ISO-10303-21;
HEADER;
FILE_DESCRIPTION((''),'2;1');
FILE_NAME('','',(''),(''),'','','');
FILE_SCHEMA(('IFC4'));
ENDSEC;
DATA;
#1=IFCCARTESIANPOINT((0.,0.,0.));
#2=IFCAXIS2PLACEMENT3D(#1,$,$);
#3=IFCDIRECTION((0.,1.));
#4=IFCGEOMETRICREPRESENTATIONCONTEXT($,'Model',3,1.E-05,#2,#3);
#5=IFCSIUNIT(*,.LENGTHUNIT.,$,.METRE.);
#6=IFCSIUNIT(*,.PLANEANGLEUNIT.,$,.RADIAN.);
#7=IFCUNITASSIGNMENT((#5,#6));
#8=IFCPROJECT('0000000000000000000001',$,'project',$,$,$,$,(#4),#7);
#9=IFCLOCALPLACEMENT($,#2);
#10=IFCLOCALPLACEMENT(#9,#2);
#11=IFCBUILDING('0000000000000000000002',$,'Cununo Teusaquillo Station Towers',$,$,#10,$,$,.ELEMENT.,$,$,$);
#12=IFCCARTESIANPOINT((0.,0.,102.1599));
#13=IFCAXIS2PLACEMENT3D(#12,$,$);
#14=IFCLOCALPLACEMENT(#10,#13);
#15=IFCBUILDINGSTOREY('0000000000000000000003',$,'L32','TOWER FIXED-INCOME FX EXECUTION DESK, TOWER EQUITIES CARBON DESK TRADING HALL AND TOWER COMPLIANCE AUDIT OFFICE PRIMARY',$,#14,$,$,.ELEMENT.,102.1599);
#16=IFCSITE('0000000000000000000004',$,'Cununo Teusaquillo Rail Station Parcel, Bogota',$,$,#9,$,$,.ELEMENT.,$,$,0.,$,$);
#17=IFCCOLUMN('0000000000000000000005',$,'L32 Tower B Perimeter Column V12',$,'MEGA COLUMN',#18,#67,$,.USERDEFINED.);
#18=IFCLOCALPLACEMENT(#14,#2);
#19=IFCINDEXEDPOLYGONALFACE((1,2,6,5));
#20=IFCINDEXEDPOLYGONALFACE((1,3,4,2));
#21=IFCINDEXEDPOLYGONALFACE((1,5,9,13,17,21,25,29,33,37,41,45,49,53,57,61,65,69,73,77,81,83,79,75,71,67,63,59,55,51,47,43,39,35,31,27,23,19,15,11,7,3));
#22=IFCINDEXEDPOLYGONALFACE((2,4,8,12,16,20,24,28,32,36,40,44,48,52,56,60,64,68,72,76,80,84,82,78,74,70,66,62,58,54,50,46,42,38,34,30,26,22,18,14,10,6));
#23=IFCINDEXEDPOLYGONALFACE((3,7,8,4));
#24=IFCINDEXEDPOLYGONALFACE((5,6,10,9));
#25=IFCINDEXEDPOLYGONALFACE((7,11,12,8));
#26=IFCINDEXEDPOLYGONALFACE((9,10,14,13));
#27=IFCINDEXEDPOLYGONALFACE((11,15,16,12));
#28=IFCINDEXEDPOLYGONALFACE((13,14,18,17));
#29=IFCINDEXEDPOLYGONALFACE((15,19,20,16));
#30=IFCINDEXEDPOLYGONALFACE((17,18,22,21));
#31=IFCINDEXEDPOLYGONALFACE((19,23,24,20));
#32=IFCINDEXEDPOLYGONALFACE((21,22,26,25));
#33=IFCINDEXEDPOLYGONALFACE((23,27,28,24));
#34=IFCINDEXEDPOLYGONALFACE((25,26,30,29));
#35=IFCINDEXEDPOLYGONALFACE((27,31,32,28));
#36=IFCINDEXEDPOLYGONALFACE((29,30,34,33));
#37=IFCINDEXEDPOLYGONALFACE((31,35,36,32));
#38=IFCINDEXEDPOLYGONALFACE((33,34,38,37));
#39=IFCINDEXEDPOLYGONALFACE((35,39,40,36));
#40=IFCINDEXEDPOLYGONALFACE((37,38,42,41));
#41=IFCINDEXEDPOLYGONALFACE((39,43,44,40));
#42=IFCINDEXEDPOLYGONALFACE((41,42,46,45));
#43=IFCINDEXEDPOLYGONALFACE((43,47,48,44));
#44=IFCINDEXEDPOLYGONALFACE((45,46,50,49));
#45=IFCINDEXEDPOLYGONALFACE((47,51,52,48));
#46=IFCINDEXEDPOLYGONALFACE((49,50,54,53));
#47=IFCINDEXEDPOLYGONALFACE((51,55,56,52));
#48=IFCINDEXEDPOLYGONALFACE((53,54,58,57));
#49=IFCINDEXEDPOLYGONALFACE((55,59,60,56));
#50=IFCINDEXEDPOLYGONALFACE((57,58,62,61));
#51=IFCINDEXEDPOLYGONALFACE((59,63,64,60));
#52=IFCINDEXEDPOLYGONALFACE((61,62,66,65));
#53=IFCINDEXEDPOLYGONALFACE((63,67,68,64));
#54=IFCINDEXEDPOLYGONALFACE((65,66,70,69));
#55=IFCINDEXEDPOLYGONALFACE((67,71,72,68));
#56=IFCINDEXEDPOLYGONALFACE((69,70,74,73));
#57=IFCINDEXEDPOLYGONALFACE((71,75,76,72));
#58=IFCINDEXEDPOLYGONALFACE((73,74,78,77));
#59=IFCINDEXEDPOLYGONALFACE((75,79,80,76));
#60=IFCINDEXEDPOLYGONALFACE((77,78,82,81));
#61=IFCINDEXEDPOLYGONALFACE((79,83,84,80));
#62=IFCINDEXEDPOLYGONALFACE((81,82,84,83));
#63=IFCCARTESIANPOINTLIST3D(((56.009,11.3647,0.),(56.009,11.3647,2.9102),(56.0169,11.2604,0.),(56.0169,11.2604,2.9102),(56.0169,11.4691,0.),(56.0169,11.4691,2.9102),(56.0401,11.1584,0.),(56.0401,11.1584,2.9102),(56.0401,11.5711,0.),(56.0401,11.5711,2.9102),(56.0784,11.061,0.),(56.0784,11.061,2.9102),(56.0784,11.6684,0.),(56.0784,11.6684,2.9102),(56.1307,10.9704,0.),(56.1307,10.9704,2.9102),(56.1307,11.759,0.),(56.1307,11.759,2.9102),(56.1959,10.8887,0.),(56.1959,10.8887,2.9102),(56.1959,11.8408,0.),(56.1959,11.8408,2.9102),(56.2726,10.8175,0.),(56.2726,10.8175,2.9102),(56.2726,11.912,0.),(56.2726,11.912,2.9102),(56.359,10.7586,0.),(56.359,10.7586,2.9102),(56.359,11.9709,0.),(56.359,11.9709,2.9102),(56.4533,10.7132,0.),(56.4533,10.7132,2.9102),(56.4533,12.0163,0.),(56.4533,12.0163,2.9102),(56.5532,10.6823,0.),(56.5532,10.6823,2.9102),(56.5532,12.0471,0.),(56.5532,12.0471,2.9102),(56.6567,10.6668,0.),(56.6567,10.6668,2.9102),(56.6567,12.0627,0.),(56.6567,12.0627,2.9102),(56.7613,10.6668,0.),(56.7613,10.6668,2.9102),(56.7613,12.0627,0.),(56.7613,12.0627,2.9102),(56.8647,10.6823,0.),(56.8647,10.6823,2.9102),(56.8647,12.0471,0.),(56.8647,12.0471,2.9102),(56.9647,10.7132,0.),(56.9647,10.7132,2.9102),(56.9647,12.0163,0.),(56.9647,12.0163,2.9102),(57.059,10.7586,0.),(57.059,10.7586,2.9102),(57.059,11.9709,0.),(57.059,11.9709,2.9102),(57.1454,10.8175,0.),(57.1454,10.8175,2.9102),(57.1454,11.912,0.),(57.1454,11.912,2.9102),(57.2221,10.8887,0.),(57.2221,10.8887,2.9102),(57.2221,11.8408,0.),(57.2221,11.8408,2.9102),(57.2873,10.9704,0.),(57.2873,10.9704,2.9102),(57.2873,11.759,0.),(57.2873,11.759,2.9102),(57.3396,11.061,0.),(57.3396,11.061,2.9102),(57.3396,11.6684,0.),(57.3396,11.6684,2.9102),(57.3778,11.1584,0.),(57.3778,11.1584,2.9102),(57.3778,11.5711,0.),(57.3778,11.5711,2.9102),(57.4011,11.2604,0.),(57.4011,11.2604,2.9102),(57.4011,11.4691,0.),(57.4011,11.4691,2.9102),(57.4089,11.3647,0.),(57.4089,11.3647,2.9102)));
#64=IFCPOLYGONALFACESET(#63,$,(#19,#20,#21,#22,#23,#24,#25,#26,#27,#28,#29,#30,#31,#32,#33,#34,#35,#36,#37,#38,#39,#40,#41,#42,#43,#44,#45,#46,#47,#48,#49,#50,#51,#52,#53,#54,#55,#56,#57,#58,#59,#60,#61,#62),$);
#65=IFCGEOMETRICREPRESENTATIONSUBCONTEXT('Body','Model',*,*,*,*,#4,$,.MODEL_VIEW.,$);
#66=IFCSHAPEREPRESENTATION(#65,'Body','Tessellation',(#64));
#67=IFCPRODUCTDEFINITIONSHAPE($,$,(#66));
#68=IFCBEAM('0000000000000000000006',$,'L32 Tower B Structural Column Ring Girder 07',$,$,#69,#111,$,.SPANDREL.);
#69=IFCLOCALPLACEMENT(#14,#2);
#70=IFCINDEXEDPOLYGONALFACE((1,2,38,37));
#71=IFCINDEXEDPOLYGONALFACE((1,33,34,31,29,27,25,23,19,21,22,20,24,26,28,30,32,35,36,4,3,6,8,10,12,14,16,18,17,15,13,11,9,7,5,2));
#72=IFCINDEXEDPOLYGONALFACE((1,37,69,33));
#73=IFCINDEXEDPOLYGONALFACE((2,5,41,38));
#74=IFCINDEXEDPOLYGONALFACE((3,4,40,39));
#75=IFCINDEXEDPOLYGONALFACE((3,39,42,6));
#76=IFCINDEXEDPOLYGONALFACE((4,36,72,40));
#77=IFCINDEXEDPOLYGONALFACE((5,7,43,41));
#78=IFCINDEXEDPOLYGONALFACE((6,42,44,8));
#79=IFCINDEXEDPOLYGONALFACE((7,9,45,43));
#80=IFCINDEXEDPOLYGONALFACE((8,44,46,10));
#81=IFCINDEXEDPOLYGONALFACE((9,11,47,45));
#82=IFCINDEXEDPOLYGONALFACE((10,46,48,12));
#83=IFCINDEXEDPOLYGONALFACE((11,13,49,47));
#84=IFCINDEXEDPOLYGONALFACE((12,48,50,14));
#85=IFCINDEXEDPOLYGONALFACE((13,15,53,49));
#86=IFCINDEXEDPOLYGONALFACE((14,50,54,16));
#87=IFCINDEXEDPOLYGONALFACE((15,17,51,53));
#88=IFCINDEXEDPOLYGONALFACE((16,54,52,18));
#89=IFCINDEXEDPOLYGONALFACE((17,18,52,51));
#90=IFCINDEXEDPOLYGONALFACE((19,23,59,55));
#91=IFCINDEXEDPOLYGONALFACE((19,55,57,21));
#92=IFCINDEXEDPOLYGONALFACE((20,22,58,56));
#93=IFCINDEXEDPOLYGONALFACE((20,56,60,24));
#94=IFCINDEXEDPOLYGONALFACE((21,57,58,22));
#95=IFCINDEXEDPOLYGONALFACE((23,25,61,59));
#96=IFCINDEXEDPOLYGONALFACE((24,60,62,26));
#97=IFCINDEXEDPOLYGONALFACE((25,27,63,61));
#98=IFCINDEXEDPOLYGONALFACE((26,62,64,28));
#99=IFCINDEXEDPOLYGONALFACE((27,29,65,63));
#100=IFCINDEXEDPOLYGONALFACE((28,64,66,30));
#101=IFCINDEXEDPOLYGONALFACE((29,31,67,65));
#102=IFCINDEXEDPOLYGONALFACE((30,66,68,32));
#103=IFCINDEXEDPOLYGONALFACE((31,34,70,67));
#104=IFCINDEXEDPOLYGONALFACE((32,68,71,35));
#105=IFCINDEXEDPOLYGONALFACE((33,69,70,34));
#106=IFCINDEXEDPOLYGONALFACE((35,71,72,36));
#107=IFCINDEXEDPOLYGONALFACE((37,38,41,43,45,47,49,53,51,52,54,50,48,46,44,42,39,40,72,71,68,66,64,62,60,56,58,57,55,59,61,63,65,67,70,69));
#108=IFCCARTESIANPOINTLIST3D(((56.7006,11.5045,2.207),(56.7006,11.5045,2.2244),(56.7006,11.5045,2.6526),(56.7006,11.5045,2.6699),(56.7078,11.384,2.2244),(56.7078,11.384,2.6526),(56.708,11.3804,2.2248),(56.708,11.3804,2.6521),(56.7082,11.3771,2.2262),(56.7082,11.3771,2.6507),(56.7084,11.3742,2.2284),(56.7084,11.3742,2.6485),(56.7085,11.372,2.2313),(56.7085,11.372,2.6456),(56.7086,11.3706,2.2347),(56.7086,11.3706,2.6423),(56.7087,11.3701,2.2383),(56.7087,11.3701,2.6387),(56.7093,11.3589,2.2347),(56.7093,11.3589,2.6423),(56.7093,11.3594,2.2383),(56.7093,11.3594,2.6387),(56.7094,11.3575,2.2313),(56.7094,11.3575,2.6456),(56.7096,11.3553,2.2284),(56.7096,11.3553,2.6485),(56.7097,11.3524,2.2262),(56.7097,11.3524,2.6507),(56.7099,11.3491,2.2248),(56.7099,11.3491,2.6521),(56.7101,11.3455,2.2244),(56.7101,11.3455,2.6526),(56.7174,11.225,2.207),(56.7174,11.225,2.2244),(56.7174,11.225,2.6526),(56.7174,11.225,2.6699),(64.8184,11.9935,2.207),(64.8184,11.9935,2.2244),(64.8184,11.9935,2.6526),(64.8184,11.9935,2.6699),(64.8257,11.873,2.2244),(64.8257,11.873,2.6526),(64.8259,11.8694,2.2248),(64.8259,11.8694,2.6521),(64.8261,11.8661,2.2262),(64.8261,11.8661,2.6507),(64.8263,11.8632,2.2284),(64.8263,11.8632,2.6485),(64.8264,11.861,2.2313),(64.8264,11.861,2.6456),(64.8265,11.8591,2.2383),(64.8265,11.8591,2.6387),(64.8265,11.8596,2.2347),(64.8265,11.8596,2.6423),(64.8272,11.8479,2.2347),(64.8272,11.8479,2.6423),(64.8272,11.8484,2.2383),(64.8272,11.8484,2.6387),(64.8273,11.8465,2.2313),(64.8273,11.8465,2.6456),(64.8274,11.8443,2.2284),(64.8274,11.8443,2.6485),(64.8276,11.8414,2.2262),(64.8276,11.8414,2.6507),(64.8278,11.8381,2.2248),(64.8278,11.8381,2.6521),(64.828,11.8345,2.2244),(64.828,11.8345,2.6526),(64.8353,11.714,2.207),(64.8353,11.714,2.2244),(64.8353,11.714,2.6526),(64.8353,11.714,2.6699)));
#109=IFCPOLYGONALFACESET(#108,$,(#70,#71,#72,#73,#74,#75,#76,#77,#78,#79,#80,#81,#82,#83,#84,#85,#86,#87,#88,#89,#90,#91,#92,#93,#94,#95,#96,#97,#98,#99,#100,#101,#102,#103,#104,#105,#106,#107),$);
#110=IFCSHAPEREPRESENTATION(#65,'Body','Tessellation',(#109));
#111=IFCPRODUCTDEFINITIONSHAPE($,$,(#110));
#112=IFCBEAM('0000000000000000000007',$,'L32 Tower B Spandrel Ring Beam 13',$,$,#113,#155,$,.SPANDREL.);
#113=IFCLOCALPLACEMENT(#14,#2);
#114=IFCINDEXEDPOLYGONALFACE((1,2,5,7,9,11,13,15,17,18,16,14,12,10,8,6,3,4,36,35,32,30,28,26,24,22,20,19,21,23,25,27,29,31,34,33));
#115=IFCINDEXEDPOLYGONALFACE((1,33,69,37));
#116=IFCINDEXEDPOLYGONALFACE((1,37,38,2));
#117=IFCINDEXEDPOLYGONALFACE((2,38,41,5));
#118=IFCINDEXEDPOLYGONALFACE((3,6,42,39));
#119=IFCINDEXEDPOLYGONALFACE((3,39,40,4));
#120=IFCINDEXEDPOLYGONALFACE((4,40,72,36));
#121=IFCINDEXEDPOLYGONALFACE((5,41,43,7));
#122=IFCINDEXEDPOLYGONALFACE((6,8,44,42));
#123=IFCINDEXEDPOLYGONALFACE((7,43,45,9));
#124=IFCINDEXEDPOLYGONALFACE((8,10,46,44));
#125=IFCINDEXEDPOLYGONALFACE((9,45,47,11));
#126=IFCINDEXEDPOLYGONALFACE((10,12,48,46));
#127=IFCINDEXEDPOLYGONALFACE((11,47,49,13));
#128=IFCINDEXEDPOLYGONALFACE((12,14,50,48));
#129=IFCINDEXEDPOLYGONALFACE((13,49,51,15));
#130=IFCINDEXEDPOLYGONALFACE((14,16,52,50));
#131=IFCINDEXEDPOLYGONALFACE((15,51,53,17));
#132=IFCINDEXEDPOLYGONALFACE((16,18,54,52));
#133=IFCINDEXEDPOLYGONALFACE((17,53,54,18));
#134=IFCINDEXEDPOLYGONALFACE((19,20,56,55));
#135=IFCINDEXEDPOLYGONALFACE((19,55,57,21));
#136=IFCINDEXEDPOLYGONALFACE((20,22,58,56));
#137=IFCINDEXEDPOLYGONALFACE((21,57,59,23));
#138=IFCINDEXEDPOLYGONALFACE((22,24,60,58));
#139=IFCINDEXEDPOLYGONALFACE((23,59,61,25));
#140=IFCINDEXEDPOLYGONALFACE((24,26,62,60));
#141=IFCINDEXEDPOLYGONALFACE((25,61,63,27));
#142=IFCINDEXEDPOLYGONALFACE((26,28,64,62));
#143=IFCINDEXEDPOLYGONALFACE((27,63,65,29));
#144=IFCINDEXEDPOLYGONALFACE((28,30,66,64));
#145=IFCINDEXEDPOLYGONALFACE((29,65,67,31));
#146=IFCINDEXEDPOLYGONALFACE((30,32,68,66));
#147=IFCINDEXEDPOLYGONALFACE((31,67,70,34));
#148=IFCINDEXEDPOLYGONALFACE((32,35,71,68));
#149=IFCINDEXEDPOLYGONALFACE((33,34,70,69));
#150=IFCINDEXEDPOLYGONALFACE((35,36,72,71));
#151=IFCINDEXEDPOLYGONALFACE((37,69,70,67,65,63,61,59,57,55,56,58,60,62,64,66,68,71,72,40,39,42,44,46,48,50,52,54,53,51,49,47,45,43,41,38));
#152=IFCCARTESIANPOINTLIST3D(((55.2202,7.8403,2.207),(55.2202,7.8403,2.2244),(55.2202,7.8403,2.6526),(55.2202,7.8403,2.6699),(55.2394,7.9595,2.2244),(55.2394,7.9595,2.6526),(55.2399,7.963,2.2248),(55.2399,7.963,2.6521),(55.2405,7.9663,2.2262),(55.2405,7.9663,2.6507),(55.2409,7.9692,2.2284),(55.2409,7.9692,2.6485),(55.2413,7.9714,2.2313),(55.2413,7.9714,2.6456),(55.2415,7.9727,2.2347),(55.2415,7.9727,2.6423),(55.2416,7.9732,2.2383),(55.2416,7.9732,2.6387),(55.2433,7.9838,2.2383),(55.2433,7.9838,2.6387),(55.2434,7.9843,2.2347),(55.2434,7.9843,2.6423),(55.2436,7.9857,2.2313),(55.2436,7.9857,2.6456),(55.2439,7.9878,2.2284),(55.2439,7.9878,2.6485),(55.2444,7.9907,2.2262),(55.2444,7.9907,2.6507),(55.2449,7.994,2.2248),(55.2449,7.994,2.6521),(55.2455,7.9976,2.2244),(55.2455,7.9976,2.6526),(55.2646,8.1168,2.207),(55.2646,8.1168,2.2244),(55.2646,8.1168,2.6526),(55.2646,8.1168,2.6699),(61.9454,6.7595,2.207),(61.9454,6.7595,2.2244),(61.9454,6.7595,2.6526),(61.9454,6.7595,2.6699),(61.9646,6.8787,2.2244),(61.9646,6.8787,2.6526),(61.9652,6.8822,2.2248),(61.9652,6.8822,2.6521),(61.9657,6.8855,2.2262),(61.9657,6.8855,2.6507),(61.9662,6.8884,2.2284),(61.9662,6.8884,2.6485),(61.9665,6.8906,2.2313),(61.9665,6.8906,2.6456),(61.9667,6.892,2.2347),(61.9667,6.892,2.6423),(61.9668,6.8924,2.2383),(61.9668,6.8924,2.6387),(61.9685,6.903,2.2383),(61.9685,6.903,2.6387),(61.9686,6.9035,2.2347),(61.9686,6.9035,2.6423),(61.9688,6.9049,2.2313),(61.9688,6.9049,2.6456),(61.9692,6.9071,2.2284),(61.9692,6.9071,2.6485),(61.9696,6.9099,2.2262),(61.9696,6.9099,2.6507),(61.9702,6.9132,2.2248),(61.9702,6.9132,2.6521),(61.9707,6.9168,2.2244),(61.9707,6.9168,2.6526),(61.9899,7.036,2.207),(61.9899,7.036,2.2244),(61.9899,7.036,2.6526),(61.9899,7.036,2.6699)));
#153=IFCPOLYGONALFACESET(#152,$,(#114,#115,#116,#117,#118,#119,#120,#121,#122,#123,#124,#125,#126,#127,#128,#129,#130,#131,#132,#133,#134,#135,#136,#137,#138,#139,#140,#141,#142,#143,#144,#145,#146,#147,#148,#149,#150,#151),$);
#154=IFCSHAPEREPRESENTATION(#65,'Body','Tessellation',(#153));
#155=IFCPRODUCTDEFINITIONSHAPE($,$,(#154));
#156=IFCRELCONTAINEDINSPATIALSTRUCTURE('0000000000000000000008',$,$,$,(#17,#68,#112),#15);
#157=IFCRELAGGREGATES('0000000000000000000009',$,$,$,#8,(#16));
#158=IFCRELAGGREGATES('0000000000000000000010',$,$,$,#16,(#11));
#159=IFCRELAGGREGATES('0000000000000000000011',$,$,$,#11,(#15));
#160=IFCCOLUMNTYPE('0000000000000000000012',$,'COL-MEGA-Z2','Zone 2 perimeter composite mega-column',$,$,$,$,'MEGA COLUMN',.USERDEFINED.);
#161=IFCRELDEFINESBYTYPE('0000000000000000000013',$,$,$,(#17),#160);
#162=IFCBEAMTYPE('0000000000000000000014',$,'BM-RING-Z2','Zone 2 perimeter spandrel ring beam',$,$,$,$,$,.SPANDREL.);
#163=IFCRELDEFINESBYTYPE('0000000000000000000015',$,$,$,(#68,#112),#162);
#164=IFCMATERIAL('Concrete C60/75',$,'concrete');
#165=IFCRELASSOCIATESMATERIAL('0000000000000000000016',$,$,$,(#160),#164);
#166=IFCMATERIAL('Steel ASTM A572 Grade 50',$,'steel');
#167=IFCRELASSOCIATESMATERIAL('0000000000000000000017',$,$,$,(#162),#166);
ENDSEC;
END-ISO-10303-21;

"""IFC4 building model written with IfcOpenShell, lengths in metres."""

from ifc_helpers import new_model, si_unit, direction, frame, origin, origin_2d, place, context, subcontext, project, spatial, circle, i_section, extrude, material, material_profile, profile_set, type_object, element, save


model = new_model("IFC4")

# Units and contexts
model_context = context("Model", 3, precision=1e-05, world=origin(), true_north=direction((0.0, 1.0)))
body_context = subcontext(model_context, "Body", "Model", "MODEL_VIEW")
ifc_project = project(units=[si_unit("LENGTHUNIT", "METRE"), si_unit("PLANEANGLEUNIT", "RADIAN")], contexts=[model_context])

# Site, building, storey
site_placement = place(None, origin())
site = spatial("IfcSite", under=ifc_project, at=site_placement, Name="Cununo Teusaquillo Rail Station Parcel, Bogota", CompositionType="ELEMENT", RefElevation=0.0)
building_placement = place(site_placement, origin())
building = spatial("IfcBuilding", under=site, at=building_placement, Name="Cununo Teusaquillo Station Towers", CompositionType="ELEMENT")
storey_placement = place(building_placement, frame((0.0, 0.0, 102.1599)))
storey = spatial("IfcBuildingStorey", under=building, at=storey_placement, Name="L32", Description="TOWER FIXED-INCOME FX EXECUTION DESK, TOWER EQUITIES CARBON DESK TRADING HALL AND TOWER COMPLIANCE AUDIT OFFICE PRIMARY", CompositionType="ELEMENT", Elevation=102.1599)

# Column
ifc_material_1 = material(Name="Concrete C60/75", Category="concrete")
ifc_material_profile_1 = material_profile(ifc_material_1, circle(Radius=0.7, at=origin_2d()), Name="RC-CIRC-1400")
ifc_profile_set_1 = profile_set([ifc_material_profile_1], Name="Concrete C60/75")
column_type = type_object("IfcColumnType", Name="COL-MEGA-Z2", Description="Zone 2 perimeter composite mega-column", ElementType="MEGA COLUMN", PredefinedType="USERDEFINED", material=ifc_profile_set_1)
column_placement = place(storey_placement, frame((56.709, 11.3647, 0.0), z_axis=(0.0, 0.0, 1.0), x_axis=(1.0, 0.0, 0.0)))
element("IfcColumn", 1, at=column_placement, inside=storey, type_object=column_type, Name="L32 Tower B Perimeter Column V12", ObjectType="MEGA COLUMN", PredefinedType="USERDEFINED", context=body_context, shape_type="SweptSolid", body=[
    extrude(circle(Radius=0.7, at=origin_2d()), origin(), (0.0, 0.0, 1.0), 2.9102),
])

# Beams
ifc_material_2 = material(Name="Steel ASTM A572 Grade 50", Category="steel")
ifc_material_profile_2 = material_profile(ifc_material_2, i_section(OverallWidth=0.28, OverallDepth=0.4629, WebThickness=0.0107, FlangeThickness=0.0173, FilletRadius=0.0139, at=origin_2d()), Name="W18X76")
ifc_profile_set_2 = profile_set([ifc_material_profile_2], Name="Steel ASTM A572 Grade 50")
beam_type = type_object("IfcBeamType", Name="BM-RING-Z2", Description="Zone 2 perimeter spandrel ring beam", PredefinedType="SPANDREL", material=ifc_profile_set_2)
beam_1_placement = place(storey_placement, frame((56.709, 11.3647, 2.4385), z_axis=(0.998191, 0.06013, 0.0), x_axis=(-0.06013, 0.998191, 0.0)))
element("IfcBeam", 2, at=beam_1_placement, inside=storey, type_object=beam_type, Name="L32 Tower B Structural Column Ring Girder 07", PredefinedType="SPANDREL", context=body_context, shape_type="SweptSolid", body=[
    extrude(i_section(OverallWidth=0.28, OverallDepth=0.4629, WebThickness=0.0107, FlangeThickness=0.0173, FilletRadius=0.0139, at=origin_2d()), origin(), (0.0, 0.0, 1.0), 8.1326),
])
beam_2_placement = place(storey_placement, frame((55.2424, 7.9785, 2.4385), z_axis=(0.987331, -0.158671, 0.0), x_axis=(0.158671, 0.987331, 0.0)))
element("IfcBeam", 3, at=beam_2_placement, inside=storey, type_object=beam_type, Name="L32 Tower B Spandrel Ring Beam 13", PredefinedType="SPANDREL", context=body_context, shape_type="SweptSolid", body=[
    extrude(i_section(OverallWidth=0.28, OverallDepth=0.4629, WebThickness=0.0107, FlangeThickness=0.0173, FilletRadius=0.0139, at=origin_2d()), origin(), (0.0, 0.0, 1.0), 6.8115),
])

save(model, "model.ifc")
